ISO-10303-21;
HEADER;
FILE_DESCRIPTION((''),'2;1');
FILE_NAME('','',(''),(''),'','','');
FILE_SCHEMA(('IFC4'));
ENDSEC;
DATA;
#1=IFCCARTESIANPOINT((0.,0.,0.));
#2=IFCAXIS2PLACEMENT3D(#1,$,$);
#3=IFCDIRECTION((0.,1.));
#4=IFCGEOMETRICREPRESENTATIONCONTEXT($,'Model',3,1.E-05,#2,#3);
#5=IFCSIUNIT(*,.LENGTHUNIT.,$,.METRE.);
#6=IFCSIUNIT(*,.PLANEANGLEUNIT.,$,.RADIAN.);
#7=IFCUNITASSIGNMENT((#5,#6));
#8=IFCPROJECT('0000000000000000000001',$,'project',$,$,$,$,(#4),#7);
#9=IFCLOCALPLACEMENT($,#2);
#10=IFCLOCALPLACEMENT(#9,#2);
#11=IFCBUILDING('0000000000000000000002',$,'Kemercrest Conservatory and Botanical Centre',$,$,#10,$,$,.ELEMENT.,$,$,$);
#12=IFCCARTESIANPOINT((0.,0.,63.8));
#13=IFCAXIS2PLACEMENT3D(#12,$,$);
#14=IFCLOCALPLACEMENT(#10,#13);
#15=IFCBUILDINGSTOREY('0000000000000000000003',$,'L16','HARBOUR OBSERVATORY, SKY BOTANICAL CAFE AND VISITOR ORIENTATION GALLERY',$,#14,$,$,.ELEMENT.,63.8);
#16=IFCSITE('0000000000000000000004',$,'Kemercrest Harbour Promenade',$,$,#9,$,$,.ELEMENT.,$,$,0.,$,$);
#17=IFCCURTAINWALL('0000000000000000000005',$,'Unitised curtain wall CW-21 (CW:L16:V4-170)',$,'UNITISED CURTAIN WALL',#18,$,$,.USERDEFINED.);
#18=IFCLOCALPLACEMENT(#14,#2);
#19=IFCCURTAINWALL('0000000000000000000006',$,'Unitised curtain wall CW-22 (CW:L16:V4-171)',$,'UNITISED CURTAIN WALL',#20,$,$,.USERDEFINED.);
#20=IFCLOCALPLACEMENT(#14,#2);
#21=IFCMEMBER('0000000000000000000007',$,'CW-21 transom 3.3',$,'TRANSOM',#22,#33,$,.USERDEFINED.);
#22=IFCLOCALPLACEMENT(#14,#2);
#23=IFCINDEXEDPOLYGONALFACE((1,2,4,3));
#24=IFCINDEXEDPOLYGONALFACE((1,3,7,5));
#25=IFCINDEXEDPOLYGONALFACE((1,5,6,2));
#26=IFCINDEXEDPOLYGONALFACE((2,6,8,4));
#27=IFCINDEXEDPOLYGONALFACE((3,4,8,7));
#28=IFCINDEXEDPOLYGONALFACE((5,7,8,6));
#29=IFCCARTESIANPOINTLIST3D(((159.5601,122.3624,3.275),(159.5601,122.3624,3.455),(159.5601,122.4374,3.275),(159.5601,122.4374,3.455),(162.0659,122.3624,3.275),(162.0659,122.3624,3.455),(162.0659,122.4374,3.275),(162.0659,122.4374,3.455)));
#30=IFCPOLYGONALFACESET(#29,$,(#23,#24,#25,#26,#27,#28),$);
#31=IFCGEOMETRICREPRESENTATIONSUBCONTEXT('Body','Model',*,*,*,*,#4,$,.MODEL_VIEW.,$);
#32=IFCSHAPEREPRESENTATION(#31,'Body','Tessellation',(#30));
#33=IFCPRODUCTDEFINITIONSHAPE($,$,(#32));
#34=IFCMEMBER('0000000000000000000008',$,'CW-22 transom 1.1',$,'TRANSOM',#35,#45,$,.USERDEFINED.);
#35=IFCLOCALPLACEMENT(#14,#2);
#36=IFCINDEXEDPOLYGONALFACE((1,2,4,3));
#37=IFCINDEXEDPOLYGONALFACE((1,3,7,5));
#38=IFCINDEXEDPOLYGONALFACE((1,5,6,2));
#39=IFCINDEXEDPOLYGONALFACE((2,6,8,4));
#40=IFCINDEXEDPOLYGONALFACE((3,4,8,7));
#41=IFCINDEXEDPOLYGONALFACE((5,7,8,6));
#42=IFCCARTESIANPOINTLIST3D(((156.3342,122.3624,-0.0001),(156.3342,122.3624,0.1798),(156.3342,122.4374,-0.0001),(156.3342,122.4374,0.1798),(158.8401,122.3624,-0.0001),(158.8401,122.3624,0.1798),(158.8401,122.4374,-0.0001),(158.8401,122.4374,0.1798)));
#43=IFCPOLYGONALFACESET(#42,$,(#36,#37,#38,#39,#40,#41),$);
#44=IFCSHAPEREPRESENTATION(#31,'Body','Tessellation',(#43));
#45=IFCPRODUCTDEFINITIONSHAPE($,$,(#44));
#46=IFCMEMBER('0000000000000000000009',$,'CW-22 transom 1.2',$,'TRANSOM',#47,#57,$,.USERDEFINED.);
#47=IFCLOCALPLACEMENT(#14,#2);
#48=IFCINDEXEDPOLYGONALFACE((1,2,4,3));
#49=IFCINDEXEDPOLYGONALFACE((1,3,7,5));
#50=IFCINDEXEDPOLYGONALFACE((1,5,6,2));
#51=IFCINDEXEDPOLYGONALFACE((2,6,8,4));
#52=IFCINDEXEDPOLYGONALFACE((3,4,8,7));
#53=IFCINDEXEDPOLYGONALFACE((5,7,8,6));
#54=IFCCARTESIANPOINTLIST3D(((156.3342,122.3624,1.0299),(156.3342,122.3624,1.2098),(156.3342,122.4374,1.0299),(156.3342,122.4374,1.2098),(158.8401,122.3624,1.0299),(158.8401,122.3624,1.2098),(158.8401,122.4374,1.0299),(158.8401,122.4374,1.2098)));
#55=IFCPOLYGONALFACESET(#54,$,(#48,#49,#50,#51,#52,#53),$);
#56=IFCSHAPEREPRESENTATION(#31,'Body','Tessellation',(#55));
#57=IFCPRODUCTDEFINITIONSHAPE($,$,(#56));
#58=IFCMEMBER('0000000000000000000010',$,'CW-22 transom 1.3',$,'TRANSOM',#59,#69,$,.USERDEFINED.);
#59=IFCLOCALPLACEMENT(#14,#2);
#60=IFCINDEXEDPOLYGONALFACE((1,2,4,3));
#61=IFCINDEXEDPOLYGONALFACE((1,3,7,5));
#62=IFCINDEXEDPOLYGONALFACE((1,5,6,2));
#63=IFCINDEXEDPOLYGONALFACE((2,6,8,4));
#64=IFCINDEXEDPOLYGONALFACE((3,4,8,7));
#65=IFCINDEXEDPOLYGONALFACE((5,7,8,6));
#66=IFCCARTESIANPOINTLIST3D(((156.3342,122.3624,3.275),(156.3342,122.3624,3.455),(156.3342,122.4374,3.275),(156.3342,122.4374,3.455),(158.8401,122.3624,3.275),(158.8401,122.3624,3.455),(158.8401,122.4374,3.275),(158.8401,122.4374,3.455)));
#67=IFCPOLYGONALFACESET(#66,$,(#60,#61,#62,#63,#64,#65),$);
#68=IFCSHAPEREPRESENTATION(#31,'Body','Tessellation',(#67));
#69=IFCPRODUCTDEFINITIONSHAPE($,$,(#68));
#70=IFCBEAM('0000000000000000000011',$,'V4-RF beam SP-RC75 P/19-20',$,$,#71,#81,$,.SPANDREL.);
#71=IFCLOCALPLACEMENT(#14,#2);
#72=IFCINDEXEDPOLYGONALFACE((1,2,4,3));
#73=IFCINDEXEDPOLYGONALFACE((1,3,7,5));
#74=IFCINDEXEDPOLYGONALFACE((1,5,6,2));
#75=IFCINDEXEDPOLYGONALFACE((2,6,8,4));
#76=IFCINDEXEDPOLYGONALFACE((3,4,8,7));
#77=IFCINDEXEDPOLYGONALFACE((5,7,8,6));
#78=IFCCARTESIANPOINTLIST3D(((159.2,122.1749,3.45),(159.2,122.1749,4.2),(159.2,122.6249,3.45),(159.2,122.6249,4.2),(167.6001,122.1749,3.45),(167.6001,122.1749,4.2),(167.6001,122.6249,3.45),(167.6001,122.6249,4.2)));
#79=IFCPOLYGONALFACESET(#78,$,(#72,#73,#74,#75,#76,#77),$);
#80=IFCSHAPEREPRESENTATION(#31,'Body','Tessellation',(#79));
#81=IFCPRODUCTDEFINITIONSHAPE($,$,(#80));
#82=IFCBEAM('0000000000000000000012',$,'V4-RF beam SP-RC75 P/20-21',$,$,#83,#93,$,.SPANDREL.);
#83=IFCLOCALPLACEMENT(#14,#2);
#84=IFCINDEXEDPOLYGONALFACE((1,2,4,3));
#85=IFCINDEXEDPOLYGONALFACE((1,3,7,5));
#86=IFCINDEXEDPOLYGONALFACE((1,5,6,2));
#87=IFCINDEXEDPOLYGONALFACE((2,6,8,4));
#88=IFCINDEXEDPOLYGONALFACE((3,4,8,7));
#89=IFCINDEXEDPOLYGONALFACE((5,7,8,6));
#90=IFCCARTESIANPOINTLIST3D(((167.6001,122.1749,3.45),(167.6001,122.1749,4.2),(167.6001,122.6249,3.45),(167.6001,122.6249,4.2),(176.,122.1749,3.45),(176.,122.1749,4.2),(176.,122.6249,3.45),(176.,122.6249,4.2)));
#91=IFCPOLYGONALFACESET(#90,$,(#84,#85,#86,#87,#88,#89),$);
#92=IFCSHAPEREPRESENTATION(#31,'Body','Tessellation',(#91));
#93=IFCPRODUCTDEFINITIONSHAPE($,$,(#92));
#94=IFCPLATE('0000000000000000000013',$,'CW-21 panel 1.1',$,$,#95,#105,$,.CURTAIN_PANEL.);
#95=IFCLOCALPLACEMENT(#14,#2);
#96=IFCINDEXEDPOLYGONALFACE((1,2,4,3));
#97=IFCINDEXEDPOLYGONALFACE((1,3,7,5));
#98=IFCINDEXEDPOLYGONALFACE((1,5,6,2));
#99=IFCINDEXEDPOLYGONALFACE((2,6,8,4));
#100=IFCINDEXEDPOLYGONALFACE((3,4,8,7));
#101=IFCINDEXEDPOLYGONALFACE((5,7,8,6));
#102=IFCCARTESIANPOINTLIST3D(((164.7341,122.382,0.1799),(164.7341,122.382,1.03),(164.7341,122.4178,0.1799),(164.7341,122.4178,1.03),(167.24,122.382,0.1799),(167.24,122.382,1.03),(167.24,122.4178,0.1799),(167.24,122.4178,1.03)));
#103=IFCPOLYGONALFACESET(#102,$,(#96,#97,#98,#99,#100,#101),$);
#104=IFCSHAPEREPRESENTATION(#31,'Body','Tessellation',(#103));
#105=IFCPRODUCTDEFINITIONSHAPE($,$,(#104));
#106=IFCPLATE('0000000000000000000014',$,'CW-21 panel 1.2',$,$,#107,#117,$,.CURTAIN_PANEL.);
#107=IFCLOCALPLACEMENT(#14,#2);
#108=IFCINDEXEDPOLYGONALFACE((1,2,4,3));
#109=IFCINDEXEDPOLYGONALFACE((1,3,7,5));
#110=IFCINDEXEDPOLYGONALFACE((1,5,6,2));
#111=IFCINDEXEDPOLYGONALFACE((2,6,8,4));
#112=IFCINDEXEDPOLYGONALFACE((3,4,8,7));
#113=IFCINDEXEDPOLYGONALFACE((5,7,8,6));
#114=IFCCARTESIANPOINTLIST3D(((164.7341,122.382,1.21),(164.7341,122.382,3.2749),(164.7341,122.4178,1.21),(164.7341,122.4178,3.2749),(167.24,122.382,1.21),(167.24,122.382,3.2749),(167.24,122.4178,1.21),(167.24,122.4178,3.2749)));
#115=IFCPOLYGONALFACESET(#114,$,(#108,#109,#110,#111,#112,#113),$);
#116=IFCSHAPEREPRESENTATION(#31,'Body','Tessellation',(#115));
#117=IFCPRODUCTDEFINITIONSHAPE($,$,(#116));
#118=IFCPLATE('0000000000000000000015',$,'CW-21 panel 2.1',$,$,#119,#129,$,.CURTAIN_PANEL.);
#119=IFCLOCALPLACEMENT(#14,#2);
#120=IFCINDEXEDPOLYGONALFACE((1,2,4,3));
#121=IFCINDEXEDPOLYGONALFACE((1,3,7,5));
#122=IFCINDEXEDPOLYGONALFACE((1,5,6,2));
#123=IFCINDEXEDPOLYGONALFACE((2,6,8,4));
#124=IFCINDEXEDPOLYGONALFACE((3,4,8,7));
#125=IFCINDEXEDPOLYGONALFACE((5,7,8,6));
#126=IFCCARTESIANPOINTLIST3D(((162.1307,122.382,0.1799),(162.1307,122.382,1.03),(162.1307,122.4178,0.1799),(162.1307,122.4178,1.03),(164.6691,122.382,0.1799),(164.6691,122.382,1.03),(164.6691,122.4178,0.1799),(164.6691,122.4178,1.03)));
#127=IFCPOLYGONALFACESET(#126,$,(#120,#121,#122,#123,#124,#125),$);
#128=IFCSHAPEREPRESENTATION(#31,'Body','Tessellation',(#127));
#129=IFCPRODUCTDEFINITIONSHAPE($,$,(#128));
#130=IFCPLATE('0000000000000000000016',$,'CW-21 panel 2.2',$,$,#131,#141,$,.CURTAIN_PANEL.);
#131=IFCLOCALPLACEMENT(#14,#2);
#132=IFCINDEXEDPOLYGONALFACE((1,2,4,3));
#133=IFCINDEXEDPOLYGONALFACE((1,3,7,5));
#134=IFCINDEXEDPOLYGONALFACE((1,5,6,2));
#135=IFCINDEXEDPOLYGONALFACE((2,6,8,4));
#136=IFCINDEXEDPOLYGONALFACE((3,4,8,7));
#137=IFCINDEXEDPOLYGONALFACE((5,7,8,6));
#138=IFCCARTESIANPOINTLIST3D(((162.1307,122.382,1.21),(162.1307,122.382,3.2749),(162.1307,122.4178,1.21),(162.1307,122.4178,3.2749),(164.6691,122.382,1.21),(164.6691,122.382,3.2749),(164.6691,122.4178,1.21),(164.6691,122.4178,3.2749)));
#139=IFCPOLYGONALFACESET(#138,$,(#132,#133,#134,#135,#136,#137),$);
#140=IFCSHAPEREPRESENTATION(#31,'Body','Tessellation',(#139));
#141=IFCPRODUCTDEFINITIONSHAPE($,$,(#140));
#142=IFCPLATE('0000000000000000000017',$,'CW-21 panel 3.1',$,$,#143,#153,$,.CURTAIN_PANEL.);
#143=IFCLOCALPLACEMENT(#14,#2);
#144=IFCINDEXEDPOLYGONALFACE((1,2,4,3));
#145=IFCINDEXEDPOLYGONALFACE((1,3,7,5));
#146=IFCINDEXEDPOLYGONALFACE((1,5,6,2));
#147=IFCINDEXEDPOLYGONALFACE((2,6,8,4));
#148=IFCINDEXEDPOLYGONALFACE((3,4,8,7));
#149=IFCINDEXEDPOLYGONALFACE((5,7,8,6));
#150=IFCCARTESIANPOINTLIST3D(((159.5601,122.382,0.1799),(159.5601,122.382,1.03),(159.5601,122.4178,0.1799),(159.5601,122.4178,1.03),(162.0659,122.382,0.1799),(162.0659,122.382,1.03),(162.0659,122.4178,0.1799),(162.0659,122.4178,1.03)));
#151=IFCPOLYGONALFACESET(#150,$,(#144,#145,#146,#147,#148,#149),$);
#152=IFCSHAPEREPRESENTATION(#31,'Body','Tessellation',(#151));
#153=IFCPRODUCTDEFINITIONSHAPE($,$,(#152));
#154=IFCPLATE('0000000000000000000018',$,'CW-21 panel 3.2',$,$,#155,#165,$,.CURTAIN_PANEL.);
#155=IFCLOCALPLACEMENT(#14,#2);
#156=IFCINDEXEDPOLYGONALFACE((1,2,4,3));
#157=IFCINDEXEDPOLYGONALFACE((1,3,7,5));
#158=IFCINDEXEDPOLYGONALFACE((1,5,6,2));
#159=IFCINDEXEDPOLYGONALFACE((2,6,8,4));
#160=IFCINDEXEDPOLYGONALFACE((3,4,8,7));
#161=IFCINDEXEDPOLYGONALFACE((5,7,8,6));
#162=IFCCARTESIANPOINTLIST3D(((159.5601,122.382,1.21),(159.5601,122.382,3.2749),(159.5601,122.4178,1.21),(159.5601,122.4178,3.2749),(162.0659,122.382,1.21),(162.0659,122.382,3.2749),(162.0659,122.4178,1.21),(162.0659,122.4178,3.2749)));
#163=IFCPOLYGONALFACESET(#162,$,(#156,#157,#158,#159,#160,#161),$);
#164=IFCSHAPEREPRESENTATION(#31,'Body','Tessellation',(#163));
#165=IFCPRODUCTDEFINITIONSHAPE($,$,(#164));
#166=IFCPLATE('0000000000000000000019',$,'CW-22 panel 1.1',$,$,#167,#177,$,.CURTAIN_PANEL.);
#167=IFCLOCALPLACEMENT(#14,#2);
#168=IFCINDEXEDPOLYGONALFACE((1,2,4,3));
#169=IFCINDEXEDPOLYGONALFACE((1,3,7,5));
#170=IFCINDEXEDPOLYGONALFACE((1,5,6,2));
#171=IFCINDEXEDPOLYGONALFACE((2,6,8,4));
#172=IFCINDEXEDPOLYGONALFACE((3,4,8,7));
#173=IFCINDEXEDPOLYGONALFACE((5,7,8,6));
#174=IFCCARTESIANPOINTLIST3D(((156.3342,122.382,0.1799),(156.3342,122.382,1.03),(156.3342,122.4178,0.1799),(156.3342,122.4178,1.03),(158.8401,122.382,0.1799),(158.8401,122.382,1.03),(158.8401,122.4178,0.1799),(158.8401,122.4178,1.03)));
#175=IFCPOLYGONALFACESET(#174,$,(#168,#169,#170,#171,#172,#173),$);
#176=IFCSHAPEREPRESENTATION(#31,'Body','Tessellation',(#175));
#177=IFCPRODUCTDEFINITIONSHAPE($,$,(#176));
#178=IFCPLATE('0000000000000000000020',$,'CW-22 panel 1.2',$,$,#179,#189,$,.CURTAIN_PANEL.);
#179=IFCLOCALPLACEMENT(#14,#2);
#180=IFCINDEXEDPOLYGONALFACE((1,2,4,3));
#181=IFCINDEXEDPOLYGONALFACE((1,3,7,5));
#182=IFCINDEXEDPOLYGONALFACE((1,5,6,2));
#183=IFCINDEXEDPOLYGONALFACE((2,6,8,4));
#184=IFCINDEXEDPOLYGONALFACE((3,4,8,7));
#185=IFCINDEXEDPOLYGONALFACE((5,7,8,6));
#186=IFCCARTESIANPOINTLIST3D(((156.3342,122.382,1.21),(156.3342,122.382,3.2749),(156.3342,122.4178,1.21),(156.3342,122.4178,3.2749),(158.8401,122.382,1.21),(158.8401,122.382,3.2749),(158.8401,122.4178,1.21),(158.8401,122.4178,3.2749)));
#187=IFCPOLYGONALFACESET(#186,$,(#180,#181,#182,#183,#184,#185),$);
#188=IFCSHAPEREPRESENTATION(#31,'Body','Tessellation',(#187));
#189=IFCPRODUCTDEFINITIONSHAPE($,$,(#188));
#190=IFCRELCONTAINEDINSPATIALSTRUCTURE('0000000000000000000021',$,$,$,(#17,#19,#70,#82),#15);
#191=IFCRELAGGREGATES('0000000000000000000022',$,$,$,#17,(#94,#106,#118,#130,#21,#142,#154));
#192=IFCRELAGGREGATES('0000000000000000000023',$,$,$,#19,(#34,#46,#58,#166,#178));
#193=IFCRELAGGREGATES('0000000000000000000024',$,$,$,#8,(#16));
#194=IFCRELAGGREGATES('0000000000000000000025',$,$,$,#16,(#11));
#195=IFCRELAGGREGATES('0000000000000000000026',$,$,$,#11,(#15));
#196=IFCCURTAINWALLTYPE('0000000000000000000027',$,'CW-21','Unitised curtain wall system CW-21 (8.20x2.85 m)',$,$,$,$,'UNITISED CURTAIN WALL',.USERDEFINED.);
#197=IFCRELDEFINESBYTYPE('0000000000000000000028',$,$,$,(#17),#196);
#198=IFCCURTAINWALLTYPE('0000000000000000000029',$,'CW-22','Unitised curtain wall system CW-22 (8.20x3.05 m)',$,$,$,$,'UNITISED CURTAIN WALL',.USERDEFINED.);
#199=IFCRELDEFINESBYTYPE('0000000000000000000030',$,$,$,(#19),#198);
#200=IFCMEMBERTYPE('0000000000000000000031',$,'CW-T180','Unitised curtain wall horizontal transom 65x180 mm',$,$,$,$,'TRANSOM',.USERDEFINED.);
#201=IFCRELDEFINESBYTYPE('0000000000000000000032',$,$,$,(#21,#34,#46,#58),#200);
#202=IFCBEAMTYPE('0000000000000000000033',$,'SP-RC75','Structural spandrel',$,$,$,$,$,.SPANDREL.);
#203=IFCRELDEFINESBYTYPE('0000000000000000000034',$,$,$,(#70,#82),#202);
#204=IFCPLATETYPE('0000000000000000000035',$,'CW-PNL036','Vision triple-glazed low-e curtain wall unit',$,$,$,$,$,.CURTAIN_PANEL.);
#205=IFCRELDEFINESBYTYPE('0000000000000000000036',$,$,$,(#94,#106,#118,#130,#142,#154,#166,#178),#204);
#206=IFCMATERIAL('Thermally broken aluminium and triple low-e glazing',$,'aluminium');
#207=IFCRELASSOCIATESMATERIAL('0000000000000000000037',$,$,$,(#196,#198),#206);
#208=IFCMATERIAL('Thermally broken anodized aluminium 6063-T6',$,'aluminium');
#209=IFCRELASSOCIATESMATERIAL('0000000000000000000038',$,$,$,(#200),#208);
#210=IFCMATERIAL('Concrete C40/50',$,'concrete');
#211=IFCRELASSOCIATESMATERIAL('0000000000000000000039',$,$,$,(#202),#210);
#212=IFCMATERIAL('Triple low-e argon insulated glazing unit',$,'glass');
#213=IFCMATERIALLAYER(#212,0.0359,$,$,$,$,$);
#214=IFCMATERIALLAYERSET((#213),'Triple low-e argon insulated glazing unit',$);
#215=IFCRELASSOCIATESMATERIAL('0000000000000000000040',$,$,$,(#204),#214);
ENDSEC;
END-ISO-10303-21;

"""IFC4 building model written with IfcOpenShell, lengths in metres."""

from ifc_helpers import new_model, si_unit, direction, frame, origin, origin_2d, place, context, subcontext, project, spatial, rectangle, extrude, material, layer, layer_set, material_profile, profile_set, type_object, element, aggregate, save


model = new_model("IFC4")

# Units and contexts
model_context = context("Model", 3, precision=1e-05, world=origin(), true_north=direction((0.0, 1.0)))
body_context = subcontext(model_context, "Body", "Model", "MODEL_VIEW")
ifc_project = project(units=[si_unit("LENGTHUNIT", "METRE"), si_unit("PLANEANGLEUNIT", "RADIAN")], contexts=[model_context])

# Site, building, storey
site_placement = place(None, origin())
site = spatial("IfcSite", under=ifc_project, at=site_placement, Name="Kemercrest Harbour Promenade", CompositionType="ELEMENT", RefElevation=0.0)
building_placement = place(site_placement, origin())
building = spatial("IfcBuilding", under=site, at=building_placement, Name="Kemercrest Conservatory and Botanical Centre", CompositionType="ELEMENT")
storey_placement = place(building_placement, frame((0.0, 0.0, 63.8)))
storey = spatial("IfcBuildingStorey", under=building, at=storey_placement, Name="L16", Description="HARBOUR OBSERVATORY, SKY BOTANICAL CAFE AND VISITOR ORIENTATION GALLERY", CompositionType="ELEMENT", Elevation=63.8)

# Shared definitions
ifc_material_1 = material(Name="Concrete C40/50", Category="concrete")

# Curtain wall
ifc_material_2 = material(Name="Thermally broken aluminium and triple low-e glazing", Category="aluminium")
curtain_wall_type_1 = type_object("IfcCurtainWallType", Name="CW-21", Description="Unitised curtain wall system CW-21 (8.20x2.85 m)", ElementType="UNITISED CURTAIN WALL", PredefinedType="USERDEFINED", material=ifc_material_2)
curtain_wall_1_placement = place(storey_placement, origin())
curtain_wall_1 = element("IfcCurtainWall", 1, at=curtain_wall_1_placement, inside=storey, type_object=curtain_wall_type_1, Name="Unitised curtain wall CW-21 (CW:L16:V4-170)", ObjectType="UNITISED CURTAIN WALL", PredefinedType="USERDEFINED")
ifc_material_3 = material(Name="Thermally broken anodized aluminium 6063-T6", Category="aluminium")

# Curtain wall
curtain_wall_type_2 = type_object("IfcCurtainWallType", Name="CW-22", Description="Unitised curtain wall system CW-22 (8.20x3.05 m)", ElementType="UNITISED CURTAIN WALL", PredefinedType="USERDEFINED", material=ifc_material_2)
curtain_wall_2_placement = place(storey_placement, origin())
curtain_wall_2 = element("IfcCurtainWall", 2, at=curtain_wall_2_placement, inside=storey, type_object=curtain_wall_type_2, Name="Unitised curtain wall CW-22 (CW:L16:V4-171)", ObjectType="UNITISED CURTAIN WALL", PredefinedType="USERDEFINED")

# Members
ifc_material_profile_1 = material_profile(ifc_material_3, rectangle(XDim=0.075, YDim=0.1799, at=origin_2d()), Name="AL TRANSOM 75x180")
ifc_profile_set_1 = profile_set([ifc_material_profile_1], Name="Thermally broken anodized aluminium 6063-T6")
member_type_1 = type_object("IfcMemberType", Name="CW-T180", Description="Unitised curtain wall horizontal transom 65x180 mm", ElementType="TRANSOM", PredefinedType="USERDEFINED", material=ifc_profile_set_1)
member_1_placement = place(storey_placement, frame((162.0659, 122.3999, 3.365), z_axis=(-1.0, 0.0, 0.0), x_axis=(0.0, -1.0, 0.0)))
member_1 = element("IfcMember", 3, at=member_1_placement, type_object=member_type_1, Name="CW-21 transom 3.3", ObjectType="TRANSOM", PredefinedType="USERDEFINED", context=body_context, shape_type="SweptSolid", body=[
    extrude(rectangle(XDim=0.075, YDim=0.1799, at=origin_2d()), origin(), (0.0, 0.0, 1.0), 2.5059),
])
member_2_placement = place(storey_placement, frame((158.8401, 122.3999, 0.0898), z_axis=(-1.0, 0.0, 0.0), x_axis=(0.0, -1.0, 0.0)))
member_2 = element("IfcMember", 4, at=member_2_placement, type_object=member_type_1, Name="CW-22 transom 1.1", ObjectType="TRANSOM", PredefinedType="USERDEFINED", context=body_context, shape_type="SweptSolid", body=[
    extrude(rectangle(XDim=0.075, YDim=0.1799, at=origin_2d()), origin(), (0.0, 0.0, 1.0), 2.5059),
])
member_3_placement = place(storey_placement, frame((158.8401, 122.3999, 1.1199), z_axis=(-1.0, 0.0, 0.0), x_axis=(0.0, -1.0, 0.0)))
member_3 = element("IfcMember", 5, at=member_3_placement, type_object=member_type_1, Name="CW-22 transom 1.2", ObjectType="TRANSOM", PredefinedType="USERDEFINED", context=body_context, shape_type="SweptSolid", body=[
    extrude(rectangle(XDim=0.075, YDim=0.1799, at=origin_2d()), origin(), (0.0, 0.0, 1.0), 2.5059),
])
member_4_placement = place(storey_placement, frame((158.8401, 122.3999, 3.365), z_axis=(-1.0, 0.0, 0.0), x_axis=(0.0, -1.0, 0.0)))
member_4 = element("IfcMember", 6, at=member_4_placement, type_object=member_type_1, Name="CW-22 transom 1.3", ObjectType="TRANSOM", PredefinedType="USERDEFINED", context=body_context, shape_type="SweptSolid", body=[
    extrude(rectangle(XDim=0.075, YDim=0.1799, at=origin_2d()), origin(), (0.0, 0.0, 1.0), 2.5059),
])

# Beams
ifc_material_profile_2 = material_profile(ifc_material_1, rectangle(XDim=0.45, YDim=0.75, at=origin_2d()), Name="RC 450x750")
ifc_profile_set_2 = profile_set([ifc_material_profile_2], Name="Concrete C40/50")
beam_type = type_object("IfcBeamType", Name="SP-RC75", Description="Structural spandrel", PredefinedType="SPANDREL", material=ifc_profile_set_2)
beam_1_placement = place(storey_placement, frame((159.2, 122.3999, 3.825), z_axis=(1.0, 0.0, 0.0), x_axis=(0.0, 1.0, 0.0)))
element("IfcBeam", 7, at=beam_1_placement, inside=storey, type_object=beam_type, Name="V4-RF beam SP-RC75 P/19-20", PredefinedType="SPANDREL", context=body_context, shape_type="SweptSolid", body=[
    extrude(rectangle(XDim=0.45, YDim=0.75, at=origin_2d()), origin(), (0.0, 0.0, 1.0), 8.4001),
])
beam_2_placement = place(storey_placement, frame((167.6001, 122.3999, 3.825), z_axis=(1.0, 0.0, 0.0), x_axis=(0.0, 1.0, 0.0)))
element("IfcBeam", 8, at=beam_2_placement, inside=storey, type_object=beam_type, Name="V4-RF beam SP-RC75 P/20-21", PredefinedType="SPANDREL", context=body_context, shape_type="SweptSolid", body=[
    extrude(rectangle(XDim=0.45, YDim=0.75, at=origin_2d()), origin(), (0.0, 0.0, 1.0), 8.3999),
])

# Plates
ifc_material_4 = material(Name="Triple low-e argon insulated glazing unit", Category="glass")
ifc_layer = layer(ifc_material_4, 0.0359)
ifc_layer_set = layer_set([ifc_layer], Name="Triple low-e argon insulated glazing unit")
plate_type = type_object("IfcPlateType", Name="CW-PNL036", Description="Vision triple-glazed low-e curtain wall unit", PredefinedType="CURTAIN_PANEL", material=ifc_layer_set)
plate_1_placement = place(storey_placement, frame((165.9871, 122.3999, 0.1799), z_axis=(0.0, 0.0, 1.0), x_axis=(-1.0, 0.0, 0.0)))
plate_1 = element("IfcPlate", 9, at=plate_1_placement, type_object=plate_type, Name="CW-21 panel 1.1", PredefinedType="CURTAIN_PANEL", context=body_context, shape_type="SweptSolid", body=[
    extrude(rectangle(XDim=2.5059, YDim=0.0359, at=origin_2d()), origin(), (0.0, 0.0, 1.0), 0.8501),
])
plate_2_placement = place(storey_placement, frame((165.9871, 122.3999, 1.21), z_axis=(0.0, 0.0, 1.0), x_axis=(-1.0, 0.0, 0.0)))
plate_2 = element("IfcPlate", 10, at=plate_2_placement, type_object=plate_type, Name="CW-21 panel 1.2", PredefinedType="CURTAIN_PANEL", context=body_context, shape_type="SweptSolid", body=[
    extrude(rectangle(XDim=2.5059, YDim=0.0359, at=origin_2d()), origin(), (0.0, 0.0, 1.0), 2.0649),
])
plate_3_placement = place(storey_placement, frame((163.3999, 122.3999, 0.1799), z_axis=(0.0, 0.0, 1.0), x_axis=(-1.0, 0.0, 0.0)))
plate_3 = element("IfcPlate", 11, at=plate_3_placement, type_object=plate_type, Name="CW-21 panel 2.1", PredefinedType="CURTAIN_PANEL", context=body_context, shape_type="SweptSolid", body=[
    extrude(rectangle(XDim=2.5383, YDim=0.0359, at=origin_2d()), origin(), (0.0, 0.0, 1.0), 0.8501),
])
plate_4_placement = place(storey_placement, frame((163.3999, 122.3999, 1.21), z_axis=(0.0, 0.0, 1.0), x_axis=(-1.0, 0.0, 0.0)))
plate_4 = element("IfcPlate", 12, at=plate_4_placement, type_object=plate_type, Name="CW-21 panel 2.2", PredefinedType="CURTAIN_PANEL", context=body_context, shape_type="SweptSolid", body=[
    extrude(rectangle(XDim=2.5383, YDim=0.0359, at=origin_2d()), origin(), (0.0, 0.0, 1.0), 2.0649),
])
plate_5_placement = place(storey_placement, frame((160.813, 122.3999, 0.1799), z_axis=(0.0, 0.0, 1.0), x_axis=(-1.0, 0.0, 0.0)))
plate_5 = element("IfcPlate", 13, at=plate_5_placement, type_object=plate_type, Name="CW-21 panel 3.1", PredefinedType="CURTAIN_PANEL", context=body_context, shape_type="SweptSolid", body=[
    extrude(rectangle(XDim=2.5059, YDim=0.0359, at=origin_2d()), origin(), (0.0, 0.0, 1.0), 0.8501),
])
plate_6_placement = place(storey_placement, frame((160.813, 122.3999, 1.21), z_axis=(0.0, 0.0, 1.0), x_axis=(-1.0, 0.0, 0.0)))
plate_6 = element("IfcPlate", 14, at=plate_6_placement, type_object=plate_type, Name="CW-21 panel 3.2", PredefinedType="CURTAIN_PANEL", context=body_context, shape_type="SweptSolid", body=[
    extrude(rectangle(XDim=2.5059, YDim=0.0359, at=origin_2d()), origin(), (0.0, 0.0, 1.0), 2.0649),
])
aggregate(curtain_wall_1, [plate_1, plate_2, plate_3, plate_4, member_1, plate_5, plate_6])
plate_7_placement = place(storey_placement, frame((157.5872, 122.3999, 0.1799), z_axis=(0.0, 0.0, 1.0), x_axis=(-1.0, 0.0, 0.0)))
plate_7 = element("IfcPlate", 15, at=plate_7_placement, type_object=plate_type, Name="CW-22 panel 1.1", PredefinedType="CURTAIN_PANEL", context=body_context, shape_type="SweptSolid", body=[
    extrude(rectangle(XDim=2.5059, YDim=0.0359, at=origin_2d()), origin(), (0.0, 0.0, 1.0), 0.8501),
])
plate_8_placement = place(storey_placement, frame((157.5872, 122.3999, 1.21), z_axis=(0.0, 0.0, 1.0), x_axis=(-1.0, 0.0, 0.0)))
plate_8 = element("IfcPlate", 16, at=plate_8_placement, type_object=plate_type, Name="CW-22 panel 1.2", PredefinedType="CURTAIN_PANEL", context=body_context, shape_type="SweptSolid", body=[
    extrude(rectangle(XDim=2.5059, YDim=0.0359, at=origin_2d()), origin(), (0.0, 0.0, 1.0), 2.0649),
])
aggregate(curtain_wall_2, [member_2, member_3, member_4, plate_7, plate_8])

save(model, "model.ifc")
